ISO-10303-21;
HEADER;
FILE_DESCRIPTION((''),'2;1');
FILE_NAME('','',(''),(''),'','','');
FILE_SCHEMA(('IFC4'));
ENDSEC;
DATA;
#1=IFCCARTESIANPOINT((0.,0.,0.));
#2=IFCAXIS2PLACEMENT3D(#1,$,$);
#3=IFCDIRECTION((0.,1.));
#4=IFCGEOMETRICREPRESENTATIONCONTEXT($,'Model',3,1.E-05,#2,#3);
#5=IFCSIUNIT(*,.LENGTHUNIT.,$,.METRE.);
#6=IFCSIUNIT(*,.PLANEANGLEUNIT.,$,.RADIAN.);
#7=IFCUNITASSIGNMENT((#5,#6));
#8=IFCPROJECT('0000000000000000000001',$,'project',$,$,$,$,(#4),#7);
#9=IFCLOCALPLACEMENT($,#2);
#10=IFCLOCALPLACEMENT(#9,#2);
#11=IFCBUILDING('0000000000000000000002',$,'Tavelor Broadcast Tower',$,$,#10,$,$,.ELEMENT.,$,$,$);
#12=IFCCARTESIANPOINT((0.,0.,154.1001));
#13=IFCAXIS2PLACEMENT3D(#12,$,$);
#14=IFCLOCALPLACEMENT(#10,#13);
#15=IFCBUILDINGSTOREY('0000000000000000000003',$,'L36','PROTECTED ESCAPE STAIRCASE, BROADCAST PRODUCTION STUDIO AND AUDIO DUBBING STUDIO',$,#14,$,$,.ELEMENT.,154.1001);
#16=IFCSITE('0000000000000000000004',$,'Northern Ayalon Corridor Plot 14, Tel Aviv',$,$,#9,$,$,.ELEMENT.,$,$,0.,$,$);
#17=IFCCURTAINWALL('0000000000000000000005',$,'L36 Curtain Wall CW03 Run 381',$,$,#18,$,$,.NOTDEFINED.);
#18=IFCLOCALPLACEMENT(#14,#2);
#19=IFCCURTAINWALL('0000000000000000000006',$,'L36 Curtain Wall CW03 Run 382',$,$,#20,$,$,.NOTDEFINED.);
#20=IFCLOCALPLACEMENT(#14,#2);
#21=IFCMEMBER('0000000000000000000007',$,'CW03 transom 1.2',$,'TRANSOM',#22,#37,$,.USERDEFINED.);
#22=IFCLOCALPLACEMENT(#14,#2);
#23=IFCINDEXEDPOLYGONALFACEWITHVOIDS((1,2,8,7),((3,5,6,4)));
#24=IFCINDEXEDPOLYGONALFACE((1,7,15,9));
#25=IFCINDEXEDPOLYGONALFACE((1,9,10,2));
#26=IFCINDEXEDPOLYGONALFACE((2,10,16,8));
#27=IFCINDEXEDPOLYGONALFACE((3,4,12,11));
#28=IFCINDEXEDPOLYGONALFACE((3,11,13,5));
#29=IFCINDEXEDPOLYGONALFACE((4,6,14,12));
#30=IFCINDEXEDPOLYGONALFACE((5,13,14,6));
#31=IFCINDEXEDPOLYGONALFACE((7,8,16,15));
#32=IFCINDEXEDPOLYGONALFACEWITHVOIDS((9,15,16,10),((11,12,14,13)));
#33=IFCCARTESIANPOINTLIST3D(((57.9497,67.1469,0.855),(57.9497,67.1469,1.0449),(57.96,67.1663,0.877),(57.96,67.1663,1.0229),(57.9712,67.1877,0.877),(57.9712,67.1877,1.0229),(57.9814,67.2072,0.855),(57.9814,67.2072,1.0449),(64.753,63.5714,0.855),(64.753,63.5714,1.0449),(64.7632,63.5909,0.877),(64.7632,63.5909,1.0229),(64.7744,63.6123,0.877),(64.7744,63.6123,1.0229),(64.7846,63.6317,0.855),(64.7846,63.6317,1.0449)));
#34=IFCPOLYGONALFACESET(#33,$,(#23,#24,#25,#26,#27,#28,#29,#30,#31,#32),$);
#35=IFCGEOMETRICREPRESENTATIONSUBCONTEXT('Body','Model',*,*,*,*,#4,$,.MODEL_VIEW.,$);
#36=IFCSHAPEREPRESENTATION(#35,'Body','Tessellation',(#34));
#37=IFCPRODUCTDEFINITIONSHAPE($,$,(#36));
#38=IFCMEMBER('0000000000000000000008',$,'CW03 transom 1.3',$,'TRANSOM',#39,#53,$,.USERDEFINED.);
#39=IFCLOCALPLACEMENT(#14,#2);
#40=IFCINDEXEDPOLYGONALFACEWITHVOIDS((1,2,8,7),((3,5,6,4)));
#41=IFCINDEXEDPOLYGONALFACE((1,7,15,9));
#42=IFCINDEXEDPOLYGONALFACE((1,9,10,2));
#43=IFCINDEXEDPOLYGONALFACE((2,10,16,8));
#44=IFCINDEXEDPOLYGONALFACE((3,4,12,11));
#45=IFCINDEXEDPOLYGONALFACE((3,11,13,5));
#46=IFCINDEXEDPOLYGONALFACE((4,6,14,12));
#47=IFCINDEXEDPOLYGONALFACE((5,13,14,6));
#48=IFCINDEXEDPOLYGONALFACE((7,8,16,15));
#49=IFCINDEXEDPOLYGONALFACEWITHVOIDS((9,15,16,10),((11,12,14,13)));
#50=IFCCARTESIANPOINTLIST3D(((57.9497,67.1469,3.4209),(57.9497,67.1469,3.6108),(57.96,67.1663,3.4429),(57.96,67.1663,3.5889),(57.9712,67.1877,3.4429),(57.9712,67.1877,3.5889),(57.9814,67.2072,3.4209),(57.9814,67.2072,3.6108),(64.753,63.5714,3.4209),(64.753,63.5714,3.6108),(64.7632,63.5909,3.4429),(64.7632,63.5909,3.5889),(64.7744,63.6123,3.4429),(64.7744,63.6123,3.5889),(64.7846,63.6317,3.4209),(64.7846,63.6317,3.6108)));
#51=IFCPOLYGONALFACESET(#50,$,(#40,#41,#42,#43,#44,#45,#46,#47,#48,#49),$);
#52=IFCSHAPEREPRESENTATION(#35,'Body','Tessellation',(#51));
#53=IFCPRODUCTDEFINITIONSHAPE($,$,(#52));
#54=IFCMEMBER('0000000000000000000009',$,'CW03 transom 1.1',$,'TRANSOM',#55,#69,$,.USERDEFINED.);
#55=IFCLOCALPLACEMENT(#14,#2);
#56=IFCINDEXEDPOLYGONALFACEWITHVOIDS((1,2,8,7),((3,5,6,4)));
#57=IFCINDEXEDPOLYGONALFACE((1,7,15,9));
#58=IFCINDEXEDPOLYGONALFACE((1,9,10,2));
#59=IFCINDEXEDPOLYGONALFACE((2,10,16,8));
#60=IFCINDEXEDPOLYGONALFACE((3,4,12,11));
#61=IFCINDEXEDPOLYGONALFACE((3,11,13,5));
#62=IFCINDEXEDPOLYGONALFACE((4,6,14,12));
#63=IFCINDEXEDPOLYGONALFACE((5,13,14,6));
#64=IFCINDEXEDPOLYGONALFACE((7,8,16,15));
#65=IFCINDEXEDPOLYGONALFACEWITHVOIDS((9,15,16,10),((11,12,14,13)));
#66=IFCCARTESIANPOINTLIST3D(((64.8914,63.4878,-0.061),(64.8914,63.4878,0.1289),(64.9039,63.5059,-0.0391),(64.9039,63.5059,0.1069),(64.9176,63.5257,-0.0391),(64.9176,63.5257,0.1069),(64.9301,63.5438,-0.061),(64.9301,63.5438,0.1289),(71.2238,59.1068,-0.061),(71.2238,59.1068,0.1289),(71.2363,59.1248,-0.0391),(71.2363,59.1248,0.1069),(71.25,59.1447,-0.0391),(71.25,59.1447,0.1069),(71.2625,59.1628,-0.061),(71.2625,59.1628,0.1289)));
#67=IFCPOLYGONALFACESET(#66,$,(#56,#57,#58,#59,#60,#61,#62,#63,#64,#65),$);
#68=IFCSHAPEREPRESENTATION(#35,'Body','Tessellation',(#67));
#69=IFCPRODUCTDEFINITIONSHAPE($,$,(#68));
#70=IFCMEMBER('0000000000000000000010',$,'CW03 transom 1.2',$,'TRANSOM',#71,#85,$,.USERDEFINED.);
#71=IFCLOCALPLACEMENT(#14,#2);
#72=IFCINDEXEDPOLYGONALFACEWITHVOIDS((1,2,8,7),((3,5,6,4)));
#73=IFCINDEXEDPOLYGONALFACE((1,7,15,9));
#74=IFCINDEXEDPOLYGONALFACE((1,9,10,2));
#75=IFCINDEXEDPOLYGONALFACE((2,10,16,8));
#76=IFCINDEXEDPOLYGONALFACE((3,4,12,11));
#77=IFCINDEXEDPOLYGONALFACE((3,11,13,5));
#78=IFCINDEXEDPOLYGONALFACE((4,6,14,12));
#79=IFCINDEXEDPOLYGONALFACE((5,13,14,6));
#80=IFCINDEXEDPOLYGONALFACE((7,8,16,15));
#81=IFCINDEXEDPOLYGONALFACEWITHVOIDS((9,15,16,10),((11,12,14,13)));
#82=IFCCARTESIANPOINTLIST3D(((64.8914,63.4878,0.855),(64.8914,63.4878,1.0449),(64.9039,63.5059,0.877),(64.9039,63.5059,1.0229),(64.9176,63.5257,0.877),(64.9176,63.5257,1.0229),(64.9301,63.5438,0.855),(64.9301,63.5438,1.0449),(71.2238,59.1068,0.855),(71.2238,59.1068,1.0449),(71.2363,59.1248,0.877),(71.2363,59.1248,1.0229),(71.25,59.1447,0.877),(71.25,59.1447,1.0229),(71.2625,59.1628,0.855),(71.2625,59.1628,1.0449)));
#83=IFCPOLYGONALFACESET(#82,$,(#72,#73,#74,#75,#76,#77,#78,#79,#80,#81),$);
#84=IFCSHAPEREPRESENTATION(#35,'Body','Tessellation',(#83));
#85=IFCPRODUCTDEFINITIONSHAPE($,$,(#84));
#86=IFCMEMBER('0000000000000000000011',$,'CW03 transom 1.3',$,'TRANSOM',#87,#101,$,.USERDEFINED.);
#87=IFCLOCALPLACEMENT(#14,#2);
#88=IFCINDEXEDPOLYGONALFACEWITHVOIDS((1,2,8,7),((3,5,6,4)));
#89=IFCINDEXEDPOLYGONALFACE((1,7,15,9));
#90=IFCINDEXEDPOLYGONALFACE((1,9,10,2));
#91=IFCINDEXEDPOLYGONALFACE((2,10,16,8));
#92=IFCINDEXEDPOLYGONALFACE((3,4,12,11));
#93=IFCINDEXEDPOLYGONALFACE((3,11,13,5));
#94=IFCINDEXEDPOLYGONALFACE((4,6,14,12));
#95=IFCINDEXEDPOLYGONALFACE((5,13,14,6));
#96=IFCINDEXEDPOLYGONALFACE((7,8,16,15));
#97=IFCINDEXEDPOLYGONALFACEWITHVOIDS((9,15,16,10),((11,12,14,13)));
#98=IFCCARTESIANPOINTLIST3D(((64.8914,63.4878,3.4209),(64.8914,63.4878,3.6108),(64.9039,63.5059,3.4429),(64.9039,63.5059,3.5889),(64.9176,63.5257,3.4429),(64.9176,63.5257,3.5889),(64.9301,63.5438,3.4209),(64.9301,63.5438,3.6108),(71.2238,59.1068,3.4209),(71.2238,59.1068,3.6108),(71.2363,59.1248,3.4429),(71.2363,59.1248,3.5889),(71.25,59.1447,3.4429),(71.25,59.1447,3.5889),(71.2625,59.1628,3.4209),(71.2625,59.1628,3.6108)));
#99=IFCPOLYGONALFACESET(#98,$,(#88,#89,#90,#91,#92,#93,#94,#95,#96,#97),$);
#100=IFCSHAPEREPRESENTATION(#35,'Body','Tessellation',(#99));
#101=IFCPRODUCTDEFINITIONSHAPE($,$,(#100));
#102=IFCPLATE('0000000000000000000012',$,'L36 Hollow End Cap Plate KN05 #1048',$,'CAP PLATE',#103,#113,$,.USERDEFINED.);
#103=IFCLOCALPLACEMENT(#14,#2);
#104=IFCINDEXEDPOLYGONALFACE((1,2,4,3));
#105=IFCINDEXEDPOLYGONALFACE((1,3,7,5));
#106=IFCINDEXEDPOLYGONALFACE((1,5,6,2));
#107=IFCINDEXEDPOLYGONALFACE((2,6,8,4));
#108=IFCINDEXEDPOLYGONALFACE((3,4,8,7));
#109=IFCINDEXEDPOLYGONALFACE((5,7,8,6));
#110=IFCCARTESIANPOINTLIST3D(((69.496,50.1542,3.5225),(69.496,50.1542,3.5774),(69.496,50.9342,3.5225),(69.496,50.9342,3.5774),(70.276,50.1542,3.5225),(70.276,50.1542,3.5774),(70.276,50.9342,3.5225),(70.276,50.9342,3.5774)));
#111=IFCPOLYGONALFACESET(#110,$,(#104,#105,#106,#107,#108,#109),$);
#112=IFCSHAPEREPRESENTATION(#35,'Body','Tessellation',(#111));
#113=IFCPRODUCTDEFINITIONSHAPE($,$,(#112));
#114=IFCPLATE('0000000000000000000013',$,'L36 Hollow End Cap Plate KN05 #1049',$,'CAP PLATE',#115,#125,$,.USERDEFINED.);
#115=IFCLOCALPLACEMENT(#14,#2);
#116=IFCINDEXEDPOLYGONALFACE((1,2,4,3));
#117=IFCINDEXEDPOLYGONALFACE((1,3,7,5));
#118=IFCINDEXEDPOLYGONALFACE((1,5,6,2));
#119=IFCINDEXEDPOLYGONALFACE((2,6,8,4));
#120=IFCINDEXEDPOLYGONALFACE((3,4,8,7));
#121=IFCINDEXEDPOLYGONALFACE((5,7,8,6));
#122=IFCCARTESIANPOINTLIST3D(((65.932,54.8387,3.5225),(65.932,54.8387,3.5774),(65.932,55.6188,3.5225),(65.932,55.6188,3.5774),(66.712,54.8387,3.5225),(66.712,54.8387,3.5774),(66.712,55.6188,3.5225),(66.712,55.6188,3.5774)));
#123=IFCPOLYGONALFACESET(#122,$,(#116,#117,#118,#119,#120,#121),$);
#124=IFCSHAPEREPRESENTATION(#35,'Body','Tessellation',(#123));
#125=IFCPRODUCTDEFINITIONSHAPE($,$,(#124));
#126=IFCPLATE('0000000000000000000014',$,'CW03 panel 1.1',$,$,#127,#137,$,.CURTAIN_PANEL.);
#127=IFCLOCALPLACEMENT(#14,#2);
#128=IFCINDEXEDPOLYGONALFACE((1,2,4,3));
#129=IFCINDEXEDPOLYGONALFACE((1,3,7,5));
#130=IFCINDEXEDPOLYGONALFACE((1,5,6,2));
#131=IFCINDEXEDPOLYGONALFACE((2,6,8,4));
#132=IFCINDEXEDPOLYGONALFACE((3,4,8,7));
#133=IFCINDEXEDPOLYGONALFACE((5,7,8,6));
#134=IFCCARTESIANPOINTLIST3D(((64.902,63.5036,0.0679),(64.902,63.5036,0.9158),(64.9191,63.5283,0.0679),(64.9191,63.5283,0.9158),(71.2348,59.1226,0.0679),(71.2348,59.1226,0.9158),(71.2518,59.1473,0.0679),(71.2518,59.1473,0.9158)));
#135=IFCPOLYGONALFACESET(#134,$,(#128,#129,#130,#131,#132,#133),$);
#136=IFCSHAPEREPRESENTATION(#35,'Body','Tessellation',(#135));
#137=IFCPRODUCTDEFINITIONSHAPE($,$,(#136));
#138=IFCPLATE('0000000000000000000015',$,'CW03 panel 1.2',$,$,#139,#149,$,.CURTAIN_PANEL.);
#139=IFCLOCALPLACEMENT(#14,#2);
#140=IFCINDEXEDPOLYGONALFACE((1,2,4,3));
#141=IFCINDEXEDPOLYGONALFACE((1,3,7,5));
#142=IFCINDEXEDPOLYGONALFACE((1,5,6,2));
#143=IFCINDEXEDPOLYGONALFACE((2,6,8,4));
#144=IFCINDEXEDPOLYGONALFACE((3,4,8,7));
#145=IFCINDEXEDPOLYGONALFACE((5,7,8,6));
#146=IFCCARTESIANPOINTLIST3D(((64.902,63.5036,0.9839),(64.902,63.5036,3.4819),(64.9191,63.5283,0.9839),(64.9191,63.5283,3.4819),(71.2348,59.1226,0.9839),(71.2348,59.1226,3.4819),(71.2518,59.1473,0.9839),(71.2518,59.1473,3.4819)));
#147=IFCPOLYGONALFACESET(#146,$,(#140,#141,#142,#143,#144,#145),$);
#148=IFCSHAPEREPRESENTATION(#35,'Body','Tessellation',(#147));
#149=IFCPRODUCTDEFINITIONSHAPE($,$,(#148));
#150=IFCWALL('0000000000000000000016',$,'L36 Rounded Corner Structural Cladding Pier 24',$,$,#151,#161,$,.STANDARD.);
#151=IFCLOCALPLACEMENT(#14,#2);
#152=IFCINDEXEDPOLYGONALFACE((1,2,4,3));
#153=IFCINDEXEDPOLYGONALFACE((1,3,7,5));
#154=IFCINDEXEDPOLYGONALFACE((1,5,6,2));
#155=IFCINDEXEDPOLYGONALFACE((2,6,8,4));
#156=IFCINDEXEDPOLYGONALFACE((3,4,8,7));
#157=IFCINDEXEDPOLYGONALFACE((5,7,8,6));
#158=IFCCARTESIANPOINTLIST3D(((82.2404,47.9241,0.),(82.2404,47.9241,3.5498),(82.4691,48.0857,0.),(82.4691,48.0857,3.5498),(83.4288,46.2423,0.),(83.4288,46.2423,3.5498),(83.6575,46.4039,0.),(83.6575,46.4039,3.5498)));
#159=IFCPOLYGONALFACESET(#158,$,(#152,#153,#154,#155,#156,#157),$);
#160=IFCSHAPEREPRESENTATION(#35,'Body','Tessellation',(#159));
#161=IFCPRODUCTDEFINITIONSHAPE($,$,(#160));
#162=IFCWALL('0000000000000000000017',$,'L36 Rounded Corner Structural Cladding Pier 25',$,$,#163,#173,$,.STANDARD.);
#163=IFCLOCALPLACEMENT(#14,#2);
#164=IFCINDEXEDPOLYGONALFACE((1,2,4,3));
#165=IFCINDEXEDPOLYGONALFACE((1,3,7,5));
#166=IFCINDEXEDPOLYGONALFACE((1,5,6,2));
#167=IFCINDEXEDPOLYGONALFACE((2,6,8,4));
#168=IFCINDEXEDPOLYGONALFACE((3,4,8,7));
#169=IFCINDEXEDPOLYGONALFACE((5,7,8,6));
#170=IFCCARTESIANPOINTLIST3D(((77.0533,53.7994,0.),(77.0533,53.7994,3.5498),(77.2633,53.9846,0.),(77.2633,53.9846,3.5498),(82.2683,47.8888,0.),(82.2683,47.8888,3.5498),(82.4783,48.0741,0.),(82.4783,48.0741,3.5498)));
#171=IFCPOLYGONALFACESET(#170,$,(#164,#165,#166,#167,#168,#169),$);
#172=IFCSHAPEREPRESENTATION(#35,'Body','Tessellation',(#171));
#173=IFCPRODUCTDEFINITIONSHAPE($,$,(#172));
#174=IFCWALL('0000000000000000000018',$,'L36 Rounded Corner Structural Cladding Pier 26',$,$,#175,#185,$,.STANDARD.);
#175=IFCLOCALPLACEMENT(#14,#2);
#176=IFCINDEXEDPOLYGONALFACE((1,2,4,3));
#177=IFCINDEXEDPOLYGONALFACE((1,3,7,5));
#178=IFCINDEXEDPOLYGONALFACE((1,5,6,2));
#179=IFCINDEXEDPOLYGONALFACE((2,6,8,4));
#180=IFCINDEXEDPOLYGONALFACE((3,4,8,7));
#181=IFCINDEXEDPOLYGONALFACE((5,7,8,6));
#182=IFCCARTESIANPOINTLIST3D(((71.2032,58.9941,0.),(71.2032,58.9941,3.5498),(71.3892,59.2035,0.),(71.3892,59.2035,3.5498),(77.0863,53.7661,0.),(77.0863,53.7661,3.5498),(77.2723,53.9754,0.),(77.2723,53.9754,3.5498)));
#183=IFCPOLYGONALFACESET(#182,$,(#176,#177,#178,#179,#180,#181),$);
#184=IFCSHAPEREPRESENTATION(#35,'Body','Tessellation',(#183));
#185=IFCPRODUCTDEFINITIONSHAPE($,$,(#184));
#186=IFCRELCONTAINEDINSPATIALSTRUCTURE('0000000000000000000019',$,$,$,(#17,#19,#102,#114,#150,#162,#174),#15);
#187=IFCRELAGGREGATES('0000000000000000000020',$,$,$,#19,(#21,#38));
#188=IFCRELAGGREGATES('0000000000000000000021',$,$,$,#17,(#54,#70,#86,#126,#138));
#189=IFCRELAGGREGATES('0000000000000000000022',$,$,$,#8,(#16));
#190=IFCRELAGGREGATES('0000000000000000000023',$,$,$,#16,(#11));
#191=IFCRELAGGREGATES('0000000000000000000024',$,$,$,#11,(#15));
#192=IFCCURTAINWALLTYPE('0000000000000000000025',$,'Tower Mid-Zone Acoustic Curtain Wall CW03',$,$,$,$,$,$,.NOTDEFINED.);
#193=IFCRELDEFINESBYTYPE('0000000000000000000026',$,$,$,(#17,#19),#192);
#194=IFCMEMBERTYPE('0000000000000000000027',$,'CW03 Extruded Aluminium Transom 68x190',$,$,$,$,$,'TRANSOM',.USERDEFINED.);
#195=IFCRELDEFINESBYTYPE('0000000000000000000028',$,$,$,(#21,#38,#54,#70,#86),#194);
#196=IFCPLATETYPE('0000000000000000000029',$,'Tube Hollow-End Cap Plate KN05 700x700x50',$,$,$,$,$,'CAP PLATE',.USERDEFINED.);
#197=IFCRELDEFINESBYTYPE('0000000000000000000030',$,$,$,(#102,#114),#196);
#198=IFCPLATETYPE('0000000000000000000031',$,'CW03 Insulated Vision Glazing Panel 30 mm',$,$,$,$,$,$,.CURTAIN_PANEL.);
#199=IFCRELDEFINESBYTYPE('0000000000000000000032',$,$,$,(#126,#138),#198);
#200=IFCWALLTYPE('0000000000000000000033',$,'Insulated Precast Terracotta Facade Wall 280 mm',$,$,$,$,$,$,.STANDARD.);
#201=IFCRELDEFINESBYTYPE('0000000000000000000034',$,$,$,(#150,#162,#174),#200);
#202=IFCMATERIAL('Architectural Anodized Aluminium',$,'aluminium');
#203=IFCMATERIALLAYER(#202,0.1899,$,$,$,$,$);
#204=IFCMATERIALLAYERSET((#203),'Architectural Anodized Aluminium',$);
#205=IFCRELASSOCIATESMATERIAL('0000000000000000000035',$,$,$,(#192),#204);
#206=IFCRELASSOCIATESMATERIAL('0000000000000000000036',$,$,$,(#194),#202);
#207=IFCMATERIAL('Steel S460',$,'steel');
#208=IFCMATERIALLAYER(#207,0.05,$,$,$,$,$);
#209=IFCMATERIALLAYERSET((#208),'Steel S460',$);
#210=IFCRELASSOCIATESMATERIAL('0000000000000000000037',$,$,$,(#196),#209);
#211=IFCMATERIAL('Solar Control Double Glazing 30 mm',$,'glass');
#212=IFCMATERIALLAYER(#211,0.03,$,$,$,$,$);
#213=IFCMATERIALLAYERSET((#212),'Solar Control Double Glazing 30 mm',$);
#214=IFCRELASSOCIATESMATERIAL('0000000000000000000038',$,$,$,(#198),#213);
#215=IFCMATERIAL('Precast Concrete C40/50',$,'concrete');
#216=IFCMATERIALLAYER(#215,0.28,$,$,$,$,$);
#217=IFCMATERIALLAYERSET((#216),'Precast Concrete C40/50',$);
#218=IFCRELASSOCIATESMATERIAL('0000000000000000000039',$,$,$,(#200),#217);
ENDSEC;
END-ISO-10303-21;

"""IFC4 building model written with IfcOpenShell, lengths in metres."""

from ifc_helpers import new_model, si_unit, direction, frame, frame_2d, origin, origin_2d, place, context, subcontext, project, spatial, rectangle, hollow_rectangle, extrude, source, transform, mapped, material, layer, layer_set, material_profile, profile_set, type_object, type_shapes, element, aggregate, save


model = new_model("IFC4")

# Units and contexts
model_context = context("Model", 3, precision=1e-05, world=origin(), true_north=direction((0.0, 1.0)))
body_context = subcontext(model_context, "Body", "Model", "MODEL_VIEW")
ifc_project = project(units=[si_unit("LENGTHUNIT", "METRE"), si_unit("PLANEANGLEUNIT", "RADIAN")], contexts=[model_context])

# Site, building, storey
site_placement = place(None, origin())
site = spatial("IfcSite", under=ifc_project, at=site_placement, Name="Northern Ayalon Corridor Plot 14, Tel Aviv", CompositionType="ELEMENT", RefElevation=0.0)
building_placement = place(site_placement, origin())
building = spatial("IfcBuilding", under=site, at=building_placement, Name="Tavelor Broadcast Tower", CompositionType="ELEMENT")
storey_placement = place(building_placement, frame((0.0, 0.0, 154.1001)))
storey = spatial("IfcBuildingStorey", under=building, at=storey_placement, Name="L36", Description="PROTECTED ESCAPE STAIRCASE, BROADCAST PRODUCTION STUDIO AND AUDIO DUBBING STUDIO", CompositionType="ELEMENT", Elevation=154.1001)

# Shared definitions
ifc_material_1 = material(Name="Steel S460", Category="steel")

# Curtain walls, members
ifc_material_2 = material(Name="Architectural Anodized Aluminium", Category="aluminium")
ifc_layer_1 = layer(ifc_material_2, 0.1899)
ifc_layer_set_1 = layer_set([ifc_layer_1], Name="Architectural Anodized Aluminium")
curtain_wall_type = type_object("IfcCurtainWallType", Name="Tower Mid-Zone Acoustic Curtain Wall CW03", PredefinedType="NOTDEFINED", material=ifc_layer_set_1)
curtain_wall_1_placement = place(storey_placement, origin())
curtain_wall_1 = element("IfcCurtainWall", 1, at=curtain_wall_1_placement, inside=storey, type_object=curtain_wall_type, Name="L36 Curtain Wall CW03 Run 381", PredefinedType="NOTDEFINED")
curtain_wall_2_placement = place(storey_placement, origin())
curtain_wall_2 = element("IfcCurtainWall", 2, at=curtain_wall_2_placement, inside=storey, type_object=curtain_wall_type, Name="L36 Curtain Wall CW03 Run 382", PredefinedType="NOTDEFINED")
ifc_material_profile_1 = material_profile(ifc_material_2, hollow_rectangle(XDim=0.0681, YDim=0.1899, WallThickness=0.022, at=origin_2d()), Name="RHS 68x190x22")
ifc_profile_set_1 = profile_set([ifc_material_profile_1], Name="Architectural Anodized Aluminium")
member_type_1 = type_object("IfcMemberType", Name="CW03 Extruded Aluminium Transom 68x190", ElementType="TRANSOM", PredefinedType="USERDEFINED", material=ifc_profile_set_1)
shared_shape_1 = source(origin(), body_context, "Body", "SweptSolid", [
    extrude(hollow_rectangle(XDim=0.0681, YDim=0.1899, WallThickness=0.022, at=origin_2d()), origin(), (0.0, 0.0, 1.0), 7.6855),
])
member_1_placement = place(storey_placement, frame((64.7688, 63.6016, 0.95), z_axis=(-0.885197, 0.465216, 0.0), x_axis=(-0.465216, -0.885197, 0.0)))
member_1 = element("IfcMember", 3, at=member_1_placement, type_object=member_type_1, Name="CW03 transom 1.2", ObjectType="TRANSOM", PredefinedType="USERDEFINED", context=body_context, shape_type="MappedRepresentation", body=[
    mapped(shared_shape_1, transform((0.0, 0.0, 0.0), scale=1.0)),
])
member_2_placement = place(storey_placement, frame((64.7688, 63.6016, 3.5159), z_axis=(-0.885197, 0.465216, 0.0), x_axis=(-0.465216, -0.885197, 0.0)))
member_2 = element("IfcMember", 4, at=member_2_placement, type_object=member_type_1, Name="CW03 transom 1.3", ObjectType="TRANSOM", PredefinedType="USERDEFINED", context=body_context, shape_type="MappedRepresentation", body=[
    mapped(shared_shape_1, transform((0.0, 0.0, 0.0), scale=1.0)),
])
aggregate(curtain_wall_2, [member_1, member_2])

# Members
shared_shape_2 = source(origin(), body_context, "Body", "SweptSolid", [
    extrude(hollow_rectangle(XDim=0.0681, YDim=0.1899, WallThickness=0.022, at=origin_2d()), origin(), (0.0, 0.0, 1.0), 7.7002),
])
type_shapes(member_type_1, [shared_shape_1, shared_shape_2])
member_3_placement = place(storey_placement, frame((71.2432, 59.1348, 0.0339), z_axis=(-0.822371, 0.568951, 0.0), x_axis=(-0.568951, -0.822371, 0.0)))
member_3 = element("IfcMember", 5, at=member_3_placement, type_object=member_type_1, Name="CW03 transom 1.1", ObjectType="TRANSOM", PredefinedType="USERDEFINED", context=body_context, shape_type="MappedRepresentation", body=[
    mapped(shared_shape_2, transform((0.0, 0.0, 0.0), scale=1.0)),
])
member_4_placement = place(storey_placement, frame((71.2432, 59.1348, 0.95), z_axis=(-0.822371, 0.568951, 0.0), x_axis=(-0.568951, -0.822371, 0.0)))
member_4 = element("IfcMember", 6, at=member_4_placement, type_object=member_type_1, Name="CW03 transom 1.2", ObjectType="TRANSOM", PredefinedType="USERDEFINED", context=body_context, shape_type="MappedRepresentation", body=[
    mapped(shared_shape_2, transform((0.0, 0.0, 0.0), scale=1.0)),
])
member_5_placement = place(storey_placement, frame((71.2432, 59.1348, 3.5159), z_axis=(-0.822371, 0.568951, 0.0), x_axis=(-0.568951, -0.822371, 0.0)))
member_5 = element("IfcMember", 7, at=member_5_placement, type_object=member_type_1, Name="CW03 transom 1.3", ObjectType="TRANSOM", PredefinedType="USERDEFINED", context=body_context, shape_type="MappedRepresentation", body=[
    mapped(shared_shape_2, transform((0.0, 0.0, 0.0), scale=1.0)),
])

# Plates
ifc_layer_2 = layer(ifc_material_1, 0.05)
ifc_layer_set_2 = layer_set([ifc_layer_2], Name="Steel S460")
plate_type_1 = type_object("IfcPlateType", Name="Tube Hollow-End Cap Plate KN05 700x700x50", ElementType="CAP PLATE", PredefinedType="USERDEFINED", material=ifc_layer_set_2)
shared_shape_3 = source(origin(), body_context, "Body", "SweptSolid", [
    extrude(rectangle(XDim=0.78, YDim=0.78, at=origin_2d()), origin(), (0.0, 0.0, 1.0), 0.0549),
])
type_shapes(plate_type_1, [shared_shape_3])
for number, where, z_axis, x_axis, name in (
    (8, (69.886, 50.5442, 3.5225), (0.0, 0.0, 1.0), (1.0, 0.0, 0.0), "L36 Hollow End Cap Plate KN05 #1048"),
    (9, (66.322, 55.2288, 3.5225), (0.0, 0.0, 1.0), (1.0, 0.0, 0.0), "L36 Hollow End Cap Plate KN05 #1049"),
):
    element("IfcPlate", number, at=place(storey_placement, frame(where, z_axis=z_axis, x_axis=x_axis)), inside=storey, type_object=plate_type_1, Name=name, ObjectType="CAP PLATE", PredefinedType="USERDEFINED", context=body_context, shape_type="MappedRepresentation", body=[
        mapped(shared_shape_3, transform((0.0, 0.0, 0.0), scale=1.0)),
    ])

# Plates
ifc_material_3 = material(Name="Solar Control Double Glazing 30 mm", Category="glass")
ifc_layer_3 = layer(ifc_material_3, 0.03)
ifc_layer_set_3 = layer_set([ifc_layer_3], Name="Solar Control Double Glazing 30 mm")
plate_type_2 = type_object("IfcPlateType", Name="CW03 Insulated Vision Glazing Panel 30 mm", PredefinedType="CURTAIN_PANEL", material=ifc_layer_set_3)
shared_shape_4 = source(origin(), body_context, "Body", "SweptSolid", [
    extrude(rectangle(XDim=7.7004, YDim=0.03, at=origin_2d()), origin(), (0.0, 0.0, 1.0), 0.8479),
])
plate_1_placement = place(storey_placement, frame((68.0769, 61.3254, 0.0679), z_axis=(0.0, 0.0, 1.0), x_axis=(-0.822392, 0.568921, 0.0)))
plate_1 = element("IfcPlate", 10, at=plate_1_placement, type_object=plate_type_2, Name="CW03 panel 1.1", PredefinedType="CURTAIN_PANEL", context=body_context, shape_type="MappedRepresentation", body=[
    mapped(shared_shape_4, transform((0.0, 0.0, 0.0), scale=1.0)),
])
shared_shape_5 = source(origin(), body_context, "Body", "SweptSolid", [
    extrude(rectangle(XDim=7.7004, YDim=0.03, at=origin_2d()), origin(), (0.0, 0.0, 1.0), 2.498),
])
type_shapes(plate_type_2, [shared_shape_4, shared_shape_5])
plate_2_placement = place(storey_placement, frame((68.0769, 61.3254, 0.9839), z_axis=(0.0, 0.0, 1.0), x_axis=(-0.822392, 0.568921, 0.0)))
plate_2 = element("IfcPlate", 11, at=plate_2_placement, type_object=plate_type_2, Name="CW03 panel 1.2", PredefinedType="CURTAIN_PANEL", context=body_context, shape_type="MappedRepresentation", body=[
    mapped(shared_shape_5, transform((0.0, 0.0, 0.0), scale=1.0)),
])
aggregate(curtain_wall_1, [member_3, member_4, member_5, plate_1, plate_2])

# Walls
ifc_material_4 = material(Name="Precast Concrete C40/50", Category="concrete")
ifc_layer_4 = layer(ifc_material_4, 0.28)
ifc_layer_set_4 = layer_set([ifc_layer_4], Name="Precast Concrete C40/50")
wall_type = type_object("IfcWallType", Name="Insulated Precast Terracotta Facade Wall 280 mm", PredefinedType="STANDARD", material=ifc_layer_set_4)
wall_1_placement = place(storey_placement, frame((83.5432, 46.323, 0.0), z_axis=(0.0, 0.0, 1.0), x_axis=(-0.577093, 0.816679, 0.0)))
element("IfcWall", 12, at=wall_1_placement, inside=storey, type_object=wall_type, Name="L36 Rounded Corner Structural Cladding Pier 24", PredefinedType="STANDARD", context=body_context, shape_type="SweptSolid", body=[
    extrude(rectangle(XDim=2.0593, YDim=0.28, at=frame_2d((1.0298, 0.0))), origin(), (0.0, 0.0, 1.0), 3.5498),
])
wall_2_placement = place(storey_placement, frame((82.3733, 47.9814, 0.0), z_axis=(0.0, 0.0, 1.0), x_axis=(-0.661608, 0.74985, 0.0)))
element("IfcWall", 13, at=wall_2_placement, inside=storey, type_object=wall_type, Name="L36 Rounded Corner Structural Cladding Pier 25", PredefinedType="STANDARD", context=body_context, shape_type="SweptSolid", body=[
    extrude(rectangle(XDim=7.8823, YDim=0.28, at=frame_2d((3.9412, 0.0))), origin(), (0.0, 0.0, 1.0), 3.5498),
])
wall_3_placement = place(storey_placement, frame((77.1792, 53.8708, 0.0), z_axis=(0.0, 0.0, 1.0), x_axis=(-0.747495, 0.664268, 0.0)))
element("IfcWall", 14, at=wall_3_placement, inside=storey, type_object=wall_type, Name="L36 Rounded Corner Structural Cladding Pier 26", PredefinedType="STANDARD", context=body_context, shape_type="SweptSolid", body=[
    extrude(rectangle(XDim=7.8704, YDim=0.28, at=frame_2d((3.9351, 0.0))), origin(), (0.0, 0.0, 1.0), 3.5498),
])

save(model, "model.ifc")
